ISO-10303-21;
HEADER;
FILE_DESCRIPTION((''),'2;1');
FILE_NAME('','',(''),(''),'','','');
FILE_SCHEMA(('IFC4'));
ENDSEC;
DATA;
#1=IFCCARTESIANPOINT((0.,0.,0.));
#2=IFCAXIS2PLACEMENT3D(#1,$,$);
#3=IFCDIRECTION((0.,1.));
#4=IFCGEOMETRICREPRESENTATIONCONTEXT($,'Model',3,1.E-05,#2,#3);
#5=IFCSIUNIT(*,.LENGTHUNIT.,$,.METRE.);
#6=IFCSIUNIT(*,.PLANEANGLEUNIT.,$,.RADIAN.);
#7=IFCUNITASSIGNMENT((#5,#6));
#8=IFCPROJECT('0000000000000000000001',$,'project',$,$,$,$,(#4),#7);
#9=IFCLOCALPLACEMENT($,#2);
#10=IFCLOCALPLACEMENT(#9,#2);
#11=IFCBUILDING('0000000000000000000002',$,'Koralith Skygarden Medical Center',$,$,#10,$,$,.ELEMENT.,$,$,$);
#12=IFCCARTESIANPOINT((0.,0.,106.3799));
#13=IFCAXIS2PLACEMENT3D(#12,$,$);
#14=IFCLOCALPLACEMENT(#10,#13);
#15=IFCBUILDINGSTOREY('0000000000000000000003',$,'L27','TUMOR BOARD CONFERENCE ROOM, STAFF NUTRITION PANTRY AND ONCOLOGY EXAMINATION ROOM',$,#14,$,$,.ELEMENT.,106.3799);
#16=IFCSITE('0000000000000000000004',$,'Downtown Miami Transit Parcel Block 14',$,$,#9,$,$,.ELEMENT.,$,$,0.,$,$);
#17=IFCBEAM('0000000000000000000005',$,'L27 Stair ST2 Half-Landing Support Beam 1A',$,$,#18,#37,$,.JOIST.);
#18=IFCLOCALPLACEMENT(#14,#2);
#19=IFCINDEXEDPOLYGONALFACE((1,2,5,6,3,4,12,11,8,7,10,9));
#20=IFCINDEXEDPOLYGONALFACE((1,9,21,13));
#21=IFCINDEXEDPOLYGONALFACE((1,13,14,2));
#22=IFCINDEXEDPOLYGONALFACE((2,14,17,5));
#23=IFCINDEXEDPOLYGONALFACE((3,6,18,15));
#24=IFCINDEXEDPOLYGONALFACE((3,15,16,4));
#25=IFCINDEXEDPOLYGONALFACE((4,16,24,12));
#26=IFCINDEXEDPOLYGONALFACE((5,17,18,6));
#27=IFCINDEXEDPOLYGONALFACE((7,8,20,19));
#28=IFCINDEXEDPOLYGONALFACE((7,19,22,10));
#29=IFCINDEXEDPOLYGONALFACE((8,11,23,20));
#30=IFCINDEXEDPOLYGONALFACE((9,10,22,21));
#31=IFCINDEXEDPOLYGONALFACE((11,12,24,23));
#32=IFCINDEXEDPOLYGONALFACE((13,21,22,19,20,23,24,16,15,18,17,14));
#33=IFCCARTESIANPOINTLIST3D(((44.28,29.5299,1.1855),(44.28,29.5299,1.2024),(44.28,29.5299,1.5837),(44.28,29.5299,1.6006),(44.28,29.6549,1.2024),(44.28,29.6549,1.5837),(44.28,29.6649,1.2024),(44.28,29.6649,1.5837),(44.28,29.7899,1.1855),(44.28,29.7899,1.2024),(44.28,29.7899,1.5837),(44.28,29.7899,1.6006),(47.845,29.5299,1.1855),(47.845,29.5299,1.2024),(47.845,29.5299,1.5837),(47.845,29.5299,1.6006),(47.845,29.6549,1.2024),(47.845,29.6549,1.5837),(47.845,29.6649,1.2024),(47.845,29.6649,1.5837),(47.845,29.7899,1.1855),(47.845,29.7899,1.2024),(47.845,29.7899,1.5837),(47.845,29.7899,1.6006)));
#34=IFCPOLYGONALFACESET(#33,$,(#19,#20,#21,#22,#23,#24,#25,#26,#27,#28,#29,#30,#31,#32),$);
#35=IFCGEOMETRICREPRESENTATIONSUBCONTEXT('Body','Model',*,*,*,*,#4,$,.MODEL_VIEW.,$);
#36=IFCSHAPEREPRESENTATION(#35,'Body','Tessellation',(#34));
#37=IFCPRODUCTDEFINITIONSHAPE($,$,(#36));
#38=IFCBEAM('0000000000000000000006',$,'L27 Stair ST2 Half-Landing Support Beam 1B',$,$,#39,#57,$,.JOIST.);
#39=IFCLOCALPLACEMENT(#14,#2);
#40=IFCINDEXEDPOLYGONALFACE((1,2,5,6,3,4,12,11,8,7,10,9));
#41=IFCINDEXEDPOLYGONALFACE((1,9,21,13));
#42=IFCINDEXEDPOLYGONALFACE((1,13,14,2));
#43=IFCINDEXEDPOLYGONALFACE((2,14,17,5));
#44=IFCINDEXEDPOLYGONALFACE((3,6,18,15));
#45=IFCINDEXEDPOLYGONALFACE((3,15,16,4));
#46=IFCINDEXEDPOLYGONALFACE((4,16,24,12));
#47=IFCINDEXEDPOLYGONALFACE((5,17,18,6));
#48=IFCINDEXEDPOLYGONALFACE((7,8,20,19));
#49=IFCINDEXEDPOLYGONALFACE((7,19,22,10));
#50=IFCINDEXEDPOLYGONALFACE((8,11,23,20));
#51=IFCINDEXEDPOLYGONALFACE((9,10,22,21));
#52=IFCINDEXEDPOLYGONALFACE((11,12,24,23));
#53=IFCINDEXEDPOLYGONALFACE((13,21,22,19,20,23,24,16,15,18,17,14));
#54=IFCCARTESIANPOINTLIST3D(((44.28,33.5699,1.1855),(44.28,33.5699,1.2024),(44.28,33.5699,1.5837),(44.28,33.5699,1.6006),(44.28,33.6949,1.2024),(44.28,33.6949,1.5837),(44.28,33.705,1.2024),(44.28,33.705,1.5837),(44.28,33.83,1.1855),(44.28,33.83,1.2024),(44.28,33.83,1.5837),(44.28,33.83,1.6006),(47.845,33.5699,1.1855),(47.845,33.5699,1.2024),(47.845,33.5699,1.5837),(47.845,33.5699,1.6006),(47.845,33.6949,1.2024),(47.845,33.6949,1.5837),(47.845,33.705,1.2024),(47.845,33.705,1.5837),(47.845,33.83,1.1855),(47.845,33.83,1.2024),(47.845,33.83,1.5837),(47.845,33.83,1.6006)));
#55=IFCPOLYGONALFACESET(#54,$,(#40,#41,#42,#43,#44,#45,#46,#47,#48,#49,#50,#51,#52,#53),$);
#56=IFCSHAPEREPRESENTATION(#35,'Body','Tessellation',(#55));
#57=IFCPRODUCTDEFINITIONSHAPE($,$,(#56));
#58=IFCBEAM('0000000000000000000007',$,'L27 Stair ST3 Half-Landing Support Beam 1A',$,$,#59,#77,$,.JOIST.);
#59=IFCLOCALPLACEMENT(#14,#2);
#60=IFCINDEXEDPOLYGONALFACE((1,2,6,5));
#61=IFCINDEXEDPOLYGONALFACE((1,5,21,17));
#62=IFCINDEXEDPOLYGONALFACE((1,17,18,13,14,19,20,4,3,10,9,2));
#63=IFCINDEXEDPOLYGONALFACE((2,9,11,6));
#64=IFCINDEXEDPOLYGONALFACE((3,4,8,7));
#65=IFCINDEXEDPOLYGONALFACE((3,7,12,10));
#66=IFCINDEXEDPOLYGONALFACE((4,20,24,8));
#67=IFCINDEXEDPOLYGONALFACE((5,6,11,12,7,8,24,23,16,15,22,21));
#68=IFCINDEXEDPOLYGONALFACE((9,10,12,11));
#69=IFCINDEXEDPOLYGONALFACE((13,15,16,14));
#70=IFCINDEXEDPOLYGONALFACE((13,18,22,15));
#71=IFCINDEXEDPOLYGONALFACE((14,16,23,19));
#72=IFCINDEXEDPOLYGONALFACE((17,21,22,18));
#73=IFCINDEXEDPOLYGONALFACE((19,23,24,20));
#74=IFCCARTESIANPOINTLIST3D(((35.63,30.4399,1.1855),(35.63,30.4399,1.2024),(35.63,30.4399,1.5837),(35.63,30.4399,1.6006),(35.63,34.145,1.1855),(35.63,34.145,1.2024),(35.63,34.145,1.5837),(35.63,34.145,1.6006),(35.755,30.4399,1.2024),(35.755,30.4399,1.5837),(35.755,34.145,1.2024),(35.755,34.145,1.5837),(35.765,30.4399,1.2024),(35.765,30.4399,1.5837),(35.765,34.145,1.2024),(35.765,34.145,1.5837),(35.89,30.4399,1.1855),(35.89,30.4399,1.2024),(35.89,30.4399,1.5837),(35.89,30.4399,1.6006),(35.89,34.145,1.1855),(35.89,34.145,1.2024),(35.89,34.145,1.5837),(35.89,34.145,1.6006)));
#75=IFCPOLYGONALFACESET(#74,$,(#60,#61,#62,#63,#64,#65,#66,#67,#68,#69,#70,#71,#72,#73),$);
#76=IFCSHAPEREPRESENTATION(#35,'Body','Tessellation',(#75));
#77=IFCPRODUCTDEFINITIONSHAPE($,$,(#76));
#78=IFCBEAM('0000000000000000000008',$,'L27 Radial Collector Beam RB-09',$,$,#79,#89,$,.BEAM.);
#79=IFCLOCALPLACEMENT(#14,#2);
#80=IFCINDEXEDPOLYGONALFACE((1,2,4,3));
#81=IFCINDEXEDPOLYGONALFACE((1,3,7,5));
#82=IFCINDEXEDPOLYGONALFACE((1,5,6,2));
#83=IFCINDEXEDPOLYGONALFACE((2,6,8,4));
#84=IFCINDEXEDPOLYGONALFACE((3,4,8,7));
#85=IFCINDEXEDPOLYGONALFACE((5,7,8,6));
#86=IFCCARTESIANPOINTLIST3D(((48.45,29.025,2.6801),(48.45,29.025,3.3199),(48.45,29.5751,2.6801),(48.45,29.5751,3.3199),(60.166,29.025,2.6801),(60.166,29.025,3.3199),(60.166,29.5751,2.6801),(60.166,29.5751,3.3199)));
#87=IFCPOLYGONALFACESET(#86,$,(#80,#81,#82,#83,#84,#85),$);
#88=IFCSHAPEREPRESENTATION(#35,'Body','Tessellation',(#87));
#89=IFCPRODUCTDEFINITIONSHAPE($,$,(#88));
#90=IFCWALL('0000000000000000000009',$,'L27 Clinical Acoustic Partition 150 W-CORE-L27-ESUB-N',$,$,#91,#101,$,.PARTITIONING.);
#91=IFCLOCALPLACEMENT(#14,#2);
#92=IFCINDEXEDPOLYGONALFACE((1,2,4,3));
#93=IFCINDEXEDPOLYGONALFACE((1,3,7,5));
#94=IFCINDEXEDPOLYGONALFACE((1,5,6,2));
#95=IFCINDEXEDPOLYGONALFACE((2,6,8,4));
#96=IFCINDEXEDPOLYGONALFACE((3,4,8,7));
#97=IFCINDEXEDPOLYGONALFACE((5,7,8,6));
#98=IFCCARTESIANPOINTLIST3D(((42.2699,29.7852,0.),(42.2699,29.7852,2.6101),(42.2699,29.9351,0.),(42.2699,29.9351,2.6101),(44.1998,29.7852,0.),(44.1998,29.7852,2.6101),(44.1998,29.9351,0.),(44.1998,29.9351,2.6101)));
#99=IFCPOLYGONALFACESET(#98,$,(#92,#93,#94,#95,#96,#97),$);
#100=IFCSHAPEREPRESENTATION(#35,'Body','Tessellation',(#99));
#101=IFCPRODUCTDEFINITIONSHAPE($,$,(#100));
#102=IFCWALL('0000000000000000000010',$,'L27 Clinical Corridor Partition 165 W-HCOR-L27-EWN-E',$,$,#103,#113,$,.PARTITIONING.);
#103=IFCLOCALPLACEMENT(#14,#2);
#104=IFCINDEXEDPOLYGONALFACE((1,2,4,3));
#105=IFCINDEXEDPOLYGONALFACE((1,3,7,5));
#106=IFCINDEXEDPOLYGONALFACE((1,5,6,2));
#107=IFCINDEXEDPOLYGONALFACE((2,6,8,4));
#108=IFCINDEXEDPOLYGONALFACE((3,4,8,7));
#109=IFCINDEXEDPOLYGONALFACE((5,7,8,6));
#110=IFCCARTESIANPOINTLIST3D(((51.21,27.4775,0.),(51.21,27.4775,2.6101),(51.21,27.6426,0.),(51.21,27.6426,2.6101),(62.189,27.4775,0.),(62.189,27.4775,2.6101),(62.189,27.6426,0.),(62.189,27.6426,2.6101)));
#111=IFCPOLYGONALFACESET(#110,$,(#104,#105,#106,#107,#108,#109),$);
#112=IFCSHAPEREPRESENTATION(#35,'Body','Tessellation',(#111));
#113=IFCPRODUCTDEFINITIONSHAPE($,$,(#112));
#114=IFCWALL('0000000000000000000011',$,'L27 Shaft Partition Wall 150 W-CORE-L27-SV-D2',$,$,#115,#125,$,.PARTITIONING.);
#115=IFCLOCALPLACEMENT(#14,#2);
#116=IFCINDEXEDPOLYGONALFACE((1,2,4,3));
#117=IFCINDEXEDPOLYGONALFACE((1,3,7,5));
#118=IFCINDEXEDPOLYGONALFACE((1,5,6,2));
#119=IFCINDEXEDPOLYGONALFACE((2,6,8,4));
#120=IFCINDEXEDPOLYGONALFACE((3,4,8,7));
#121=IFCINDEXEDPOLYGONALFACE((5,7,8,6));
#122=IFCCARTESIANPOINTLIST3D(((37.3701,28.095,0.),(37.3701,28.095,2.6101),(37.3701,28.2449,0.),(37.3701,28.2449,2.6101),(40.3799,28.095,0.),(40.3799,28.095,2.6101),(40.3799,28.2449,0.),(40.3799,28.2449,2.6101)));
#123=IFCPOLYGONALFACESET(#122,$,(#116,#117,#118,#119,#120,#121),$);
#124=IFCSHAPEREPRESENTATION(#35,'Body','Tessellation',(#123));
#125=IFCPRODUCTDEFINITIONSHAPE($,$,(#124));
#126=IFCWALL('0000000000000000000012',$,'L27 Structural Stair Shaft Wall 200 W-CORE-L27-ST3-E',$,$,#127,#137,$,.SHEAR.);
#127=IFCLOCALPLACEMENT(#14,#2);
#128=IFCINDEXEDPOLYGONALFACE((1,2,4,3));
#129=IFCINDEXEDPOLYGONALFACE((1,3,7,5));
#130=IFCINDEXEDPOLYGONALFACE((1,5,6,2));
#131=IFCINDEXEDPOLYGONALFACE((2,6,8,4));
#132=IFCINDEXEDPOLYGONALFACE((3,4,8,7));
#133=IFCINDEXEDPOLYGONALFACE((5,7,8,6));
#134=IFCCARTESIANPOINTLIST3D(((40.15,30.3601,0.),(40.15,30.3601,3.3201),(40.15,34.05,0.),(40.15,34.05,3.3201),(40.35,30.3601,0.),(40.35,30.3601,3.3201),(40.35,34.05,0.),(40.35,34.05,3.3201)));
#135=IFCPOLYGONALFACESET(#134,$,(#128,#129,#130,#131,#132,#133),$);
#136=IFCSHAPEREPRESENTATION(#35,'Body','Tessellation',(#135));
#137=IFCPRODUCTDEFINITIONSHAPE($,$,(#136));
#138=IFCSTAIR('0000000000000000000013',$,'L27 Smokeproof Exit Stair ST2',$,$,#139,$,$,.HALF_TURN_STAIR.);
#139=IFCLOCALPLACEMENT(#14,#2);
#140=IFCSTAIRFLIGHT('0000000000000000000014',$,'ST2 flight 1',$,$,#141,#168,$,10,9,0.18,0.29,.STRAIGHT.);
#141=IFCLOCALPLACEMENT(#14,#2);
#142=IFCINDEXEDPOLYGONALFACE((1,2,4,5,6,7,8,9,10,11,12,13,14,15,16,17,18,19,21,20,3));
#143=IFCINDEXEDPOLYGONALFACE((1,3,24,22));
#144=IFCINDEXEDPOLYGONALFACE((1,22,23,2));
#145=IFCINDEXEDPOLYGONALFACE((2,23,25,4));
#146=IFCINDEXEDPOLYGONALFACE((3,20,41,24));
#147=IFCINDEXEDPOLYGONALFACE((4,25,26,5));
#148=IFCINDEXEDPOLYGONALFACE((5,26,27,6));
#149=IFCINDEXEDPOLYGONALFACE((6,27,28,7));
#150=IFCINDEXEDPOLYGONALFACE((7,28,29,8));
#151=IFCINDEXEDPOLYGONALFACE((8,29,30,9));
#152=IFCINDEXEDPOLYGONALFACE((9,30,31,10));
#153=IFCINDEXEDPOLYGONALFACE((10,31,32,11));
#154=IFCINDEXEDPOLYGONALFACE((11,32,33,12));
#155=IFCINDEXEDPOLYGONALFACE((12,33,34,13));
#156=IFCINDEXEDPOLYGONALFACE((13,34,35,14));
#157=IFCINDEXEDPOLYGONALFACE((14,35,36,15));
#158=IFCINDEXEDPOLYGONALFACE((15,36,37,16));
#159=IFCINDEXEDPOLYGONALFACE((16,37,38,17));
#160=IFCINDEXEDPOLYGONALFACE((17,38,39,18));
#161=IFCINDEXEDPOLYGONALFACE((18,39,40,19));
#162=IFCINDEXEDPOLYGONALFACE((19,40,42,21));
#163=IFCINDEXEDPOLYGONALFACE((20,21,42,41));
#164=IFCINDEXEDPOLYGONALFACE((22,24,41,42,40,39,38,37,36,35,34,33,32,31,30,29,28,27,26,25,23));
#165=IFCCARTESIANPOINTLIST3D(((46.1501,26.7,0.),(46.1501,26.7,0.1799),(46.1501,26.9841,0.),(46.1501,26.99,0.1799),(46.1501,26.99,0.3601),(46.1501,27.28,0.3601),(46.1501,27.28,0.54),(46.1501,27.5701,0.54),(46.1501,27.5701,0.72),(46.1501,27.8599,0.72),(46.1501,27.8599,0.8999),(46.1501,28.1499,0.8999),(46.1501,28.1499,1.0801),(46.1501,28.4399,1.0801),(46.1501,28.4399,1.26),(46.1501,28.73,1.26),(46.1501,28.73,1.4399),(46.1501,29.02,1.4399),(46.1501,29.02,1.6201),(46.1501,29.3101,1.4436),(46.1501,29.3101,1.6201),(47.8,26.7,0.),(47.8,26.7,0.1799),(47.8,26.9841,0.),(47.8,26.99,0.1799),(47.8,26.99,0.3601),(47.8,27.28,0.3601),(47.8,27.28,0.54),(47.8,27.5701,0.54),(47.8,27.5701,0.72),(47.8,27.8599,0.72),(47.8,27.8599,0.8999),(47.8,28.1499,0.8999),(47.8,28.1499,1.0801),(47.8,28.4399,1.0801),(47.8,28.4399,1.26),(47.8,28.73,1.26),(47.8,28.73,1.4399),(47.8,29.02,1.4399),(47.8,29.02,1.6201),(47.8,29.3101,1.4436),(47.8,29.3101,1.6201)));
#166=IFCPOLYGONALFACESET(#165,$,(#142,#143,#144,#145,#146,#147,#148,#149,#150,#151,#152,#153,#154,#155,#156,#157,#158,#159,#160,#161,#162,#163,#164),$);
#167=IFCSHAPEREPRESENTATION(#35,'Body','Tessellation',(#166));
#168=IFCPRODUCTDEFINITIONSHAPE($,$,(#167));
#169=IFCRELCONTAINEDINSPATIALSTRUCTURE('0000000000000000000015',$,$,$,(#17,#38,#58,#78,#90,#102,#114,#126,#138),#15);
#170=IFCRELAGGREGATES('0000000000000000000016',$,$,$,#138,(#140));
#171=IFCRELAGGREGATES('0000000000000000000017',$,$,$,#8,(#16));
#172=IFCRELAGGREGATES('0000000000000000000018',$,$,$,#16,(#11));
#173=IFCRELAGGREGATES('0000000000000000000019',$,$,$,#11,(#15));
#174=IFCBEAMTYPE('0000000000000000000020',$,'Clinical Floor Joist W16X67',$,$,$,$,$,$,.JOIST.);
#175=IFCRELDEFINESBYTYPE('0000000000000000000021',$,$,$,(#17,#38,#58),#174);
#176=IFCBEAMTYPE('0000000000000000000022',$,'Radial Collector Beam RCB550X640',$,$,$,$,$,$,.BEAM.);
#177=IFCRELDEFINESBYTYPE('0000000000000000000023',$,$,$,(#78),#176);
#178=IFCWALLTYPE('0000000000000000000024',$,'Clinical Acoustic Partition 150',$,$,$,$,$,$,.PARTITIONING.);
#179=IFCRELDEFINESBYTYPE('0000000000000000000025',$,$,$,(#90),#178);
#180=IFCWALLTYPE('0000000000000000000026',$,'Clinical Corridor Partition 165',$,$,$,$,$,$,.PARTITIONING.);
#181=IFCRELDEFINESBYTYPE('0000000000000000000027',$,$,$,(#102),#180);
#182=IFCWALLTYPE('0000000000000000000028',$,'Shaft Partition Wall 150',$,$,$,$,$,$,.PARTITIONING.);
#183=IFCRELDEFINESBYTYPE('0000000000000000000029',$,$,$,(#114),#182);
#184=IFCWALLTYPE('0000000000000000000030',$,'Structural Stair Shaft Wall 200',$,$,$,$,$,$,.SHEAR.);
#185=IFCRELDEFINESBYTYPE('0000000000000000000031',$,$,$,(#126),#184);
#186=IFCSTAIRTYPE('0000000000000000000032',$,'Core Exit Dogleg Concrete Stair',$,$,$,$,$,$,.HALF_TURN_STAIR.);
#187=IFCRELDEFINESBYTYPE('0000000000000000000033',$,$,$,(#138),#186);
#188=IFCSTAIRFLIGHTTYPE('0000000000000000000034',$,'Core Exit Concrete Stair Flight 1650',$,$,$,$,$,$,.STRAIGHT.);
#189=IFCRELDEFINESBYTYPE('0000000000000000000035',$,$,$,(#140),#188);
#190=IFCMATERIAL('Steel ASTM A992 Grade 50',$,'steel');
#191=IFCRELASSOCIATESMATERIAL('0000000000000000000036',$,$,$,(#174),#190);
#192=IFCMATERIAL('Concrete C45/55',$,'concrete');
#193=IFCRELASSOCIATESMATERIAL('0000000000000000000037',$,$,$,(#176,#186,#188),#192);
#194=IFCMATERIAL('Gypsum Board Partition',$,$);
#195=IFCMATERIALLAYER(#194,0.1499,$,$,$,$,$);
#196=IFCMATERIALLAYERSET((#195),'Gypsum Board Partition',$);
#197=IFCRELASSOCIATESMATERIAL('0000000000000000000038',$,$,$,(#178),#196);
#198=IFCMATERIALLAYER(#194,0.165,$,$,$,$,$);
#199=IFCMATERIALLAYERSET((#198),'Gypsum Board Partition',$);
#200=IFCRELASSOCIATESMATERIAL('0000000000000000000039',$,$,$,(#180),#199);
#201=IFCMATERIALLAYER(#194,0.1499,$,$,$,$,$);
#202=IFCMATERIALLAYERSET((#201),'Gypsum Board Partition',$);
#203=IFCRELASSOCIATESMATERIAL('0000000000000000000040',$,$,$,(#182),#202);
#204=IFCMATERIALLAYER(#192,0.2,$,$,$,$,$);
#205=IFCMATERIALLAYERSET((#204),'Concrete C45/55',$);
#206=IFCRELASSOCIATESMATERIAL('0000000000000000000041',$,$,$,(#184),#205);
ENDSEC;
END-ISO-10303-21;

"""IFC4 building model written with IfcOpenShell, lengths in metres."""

from ifc_helpers import new_model, si_unit, direction, frame, frame_2d, origin, origin_2d, place, context, subcontext, project, spatial, polyline, rectangle, i_section, outline, extrude, material, layer, layer_set, material_profile, profile_set, type_object, element, aggregate, save


model = new_model("IFC4")

# Units and contexts
model_context = context("Model", 3, precision=1e-05, world=origin(), true_north=direction((0.0, 1.0)))
body_context = subcontext(model_context, "Body", "Model", "MODEL_VIEW")
ifc_project = project(units=[si_unit("LENGTHUNIT", "METRE"), si_unit("PLANEANGLEUNIT", "RADIAN")], contexts=[model_context])

# Site, building, storey
site_placement = place(None, origin())
site = spatial("IfcSite", under=ifc_project, at=site_placement, Name="Downtown Miami Transit Parcel Block 14", CompositionType="ELEMENT", RefElevation=0.0)
building_placement = place(site_placement, origin())
building = spatial("IfcBuilding", under=site, at=building_placement, Name="Koralith Skygarden Medical Center", CompositionType="ELEMENT")
storey_placement = place(building_placement, frame((0.0, 0.0, 106.3799)))
storey = spatial("IfcBuildingStorey", under=building, at=storey_placement, Name="L27", Description="TUMOR BOARD CONFERENCE ROOM, STAFF NUTRITION PANTRY AND ONCOLOGY EXAMINATION ROOM", CompositionType="ELEMENT", Elevation=106.3799)

# Beams
ifc_material_1 = material(Name="Steel ASTM A992 Grade 50", Category="steel")
ifc_material_profile_1 = material_profile(ifc_material_1, i_section(OverallWidth=0.26, OverallDepth=0.415, WebThickness=0.01, FlangeThickness=0.0168, at=origin_2d()), Name="W16X67")
ifc_profile_set_1 = profile_set([ifc_material_profile_1], Name="Steel ASTM A992 Grade 50")
beam_type_1 = type_object("IfcBeamType", Name="Clinical Floor Joist W16X67", PredefinedType="JOIST", material=ifc_profile_set_1)
for number, where, z_axis, x_axis, name in (
    (1, (44.28, 29.6599, 1.3931), (1.0, 0.0, 0.0), (0.0, 1.0, 0.0), "L27 Stair ST2 Half-Landing Support Beam 1A"),
    (2, (44.28, 33.7, 1.3931), (1.0, 0.0, 0.0), (0.0, 1.0, 0.0), "L27 Stair ST2 Half-Landing Support Beam 1B"),
):
    element("IfcBeam", number, at=place(storey_placement, frame(where, z_axis=z_axis, x_axis=x_axis)), inside=storey, type_object=beam_type_1, Name=name, PredefinedType="JOIST", context=body_context, shape_type="SweptSolid", body=[
        extrude(i_section(OverallWidth=0.26, OverallDepth=0.415, WebThickness=0.01, FlangeThickness=0.0168, at=origin_2d()), origin(), (0.0, 0.0, 1.0), 3.5649),
    ])
beam_1_placement = place(storey_placement, frame((35.76, 30.4399, 1.3931), z_axis=(0.0, 1.0, 0.0), x_axis=(-1.0, 0.0, 0.0)))
element("IfcBeam", 3, at=beam_1_placement, inside=storey, type_object=beam_type_1, Name="L27 Stair ST3 Half-Landing Support Beam 1A", PredefinedType="JOIST", context=body_context, shape_type="SweptSolid", body=[
    extrude(i_section(OverallWidth=0.26, OverallDepth=0.415, WebThickness=0.01, FlangeThickness=0.0168, at=origin_2d()), origin(), (0.0, 0.0, 1.0), 3.7051),
])
ifc_material_2 = material(Name="Concrete C45/55", Category="concrete")
ifc_material_profile_2 = material_profile(ifc_material_2, rectangle(XDim=0.55, YDim=0.6399, at=origin_2d()), Name="RCB550X640")
ifc_profile_set_2 = profile_set([ifc_material_profile_2], Name="Concrete C45/55")
beam_type_2 = type_object("IfcBeamType", Name="Radial Collector Beam RCB550X640", PredefinedType="BEAM", material=ifc_profile_set_2)
beam_2_placement = place(storey_placement, frame((48.45, 29.3, 3.0), z_axis=(1.0, 0.0, 0.0), x_axis=(0.0, 1.0, 0.0)))
element("IfcBeam", 4, at=beam_2_placement, inside=storey, type_object=beam_type_2, Name="L27 Radial Collector Beam RB-09", PredefinedType="BEAM", context=body_context, shape_type="SweptSolid", body=[
    extrude(rectangle(XDim=0.55, YDim=0.6399, at=origin_2d()), origin(), (0.0, 0.0, 1.0), 11.7161),
])

# Walls
ifc_material_3 = material(Name="Gypsum Board Partition")
ifc_layer_1 = layer(ifc_material_3, 0.1499)
ifc_layer_set_1 = layer_set([ifc_layer_1], Name="Gypsum Board Partition")
wall_type_1 = type_object("IfcWallType", Name="Clinical Acoustic Partition 150", PredefinedType="PARTITIONING", material=ifc_layer_set_1)
wall_1_placement = place(storey_placement, frame((42.27, 29.8601, 0.0), z_axis=(0.0, 0.0, 1.0), x_axis=(1.0, 0.0, 0.0)))
element("IfcWall", 5, at=wall_1_placement, inside=storey, type_object=wall_type_1, Name="L27 Clinical Acoustic Partition 150 W-CORE-L27-ESUB-N", PredefinedType="PARTITIONING", context=body_context, shape_type="SweptSolid", body=[
    extrude(rectangle(XDim=1.9299, YDim=0.1499, at=frame_2d((0.9648, 0.0))), origin(), (0.0, 0.0, 1.0), 2.6101),
])
ifc_layer_2 = layer(ifc_material_3, 0.165)
ifc_layer_set_2 = layer_set([ifc_layer_2], Name="Gypsum Board Partition")
wall_type_2 = type_object("IfcWallType", Name="Clinical Corridor Partition 165", PredefinedType="PARTITIONING", material=ifc_layer_set_2)
wall_2_placement = place(storey_placement, frame((51.21, 27.5601, 0.0), z_axis=(0.0, 0.0, 1.0), x_axis=(1.0, 0.0, 0.0)))
element("IfcWall", 6, at=wall_2_placement, inside=storey, type_object=wall_type_2, Name="L27 Clinical Corridor Partition 165 W-HCOR-L27-EWN-E", PredefinedType="PARTITIONING", context=body_context, shape_type="SweptSolid", body=[
    extrude(rectangle(XDim=10.979, YDim=0.165, at=frame_2d((5.4895, 0.0))), origin(), (0.0, 0.0, 1.0), 2.6101),
])
ifc_layer_3 = layer(ifc_material_3, 0.1499)
ifc_layer_set_3 = layer_set([ifc_layer_3], Name="Gypsum Board Partition")
wall_type_3 = type_object("IfcWallType", Name="Shaft Partition Wall 150", PredefinedType="PARTITIONING", material=ifc_layer_set_3)
wall_3_placement = place(storey_placement, frame((37.3701, 28.1699, 0.0), z_axis=(0.0, 0.0, 1.0), x_axis=(1.0, 0.0, 0.0)))
element("IfcWall", 7, at=wall_3_placement, inside=storey, type_object=wall_type_3, Name="L27 Shaft Partition Wall 150 W-CORE-L27-SV-D2", PredefinedType="PARTITIONING", context=body_context, shape_type="SweptSolid", body=[
    extrude(rectangle(XDim=3.0098, YDim=0.1499, at=frame_2d((1.5049, 0.0))), origin(), (0.0, 0.0, 1.0), 2.6101),
])
ifc_layer_4 = layer(ifc_material_2, 0.2)
ifc_layer_set_4 = layer_set([ifc_layer_4], Name="Concrete C45/55")
wall_type_4 = type_object("IfcWallType", Name="Structural Stair Shaft Wall 200", PredefinedType="SHEAR", material=ifc_layer_set_4)
wall_4_placement = place(storey_placement, frame((40.25, 30.3601, 0.0), z_axis=(0.0, 0.0, 1.0), x_axis=(0.0, 1.0, 0.0)))
element("IfcWall", 8, at=wall_4_placement, inside=storey, type_object=wall_type_4, Name="L27 Structural Stair Shaft Wall 200 W-CORE-L27-ST3-E", PredefinedType="SHEAR", context=body_context, shape_type="SweptSolid", body=[
    extrude(rectangle(XDim=3.6899, YDim=0.2, at=frame_2d((1.845, 0.0))), origin(), (0.0, 0.0, 1.0), 3.3201),
])

# Stair, stair flight
stair_type = type_object("IfcStairType", Name="Core Exit Dogleg Concrete Stair", PredefinedType="HALF_TURN_STAIR", material=ifc_material_2)
stair_1_placement = place(storey_placement, origin())
stair_1 = element("IfcStair", 9, at=stair_1_placement, inside=storey, type_object=stair_type, Name="L27 Smokeproof Exit Stair ST2", PredefinedType="HALF_TURN_STAIR")
stair_flight_type = type_object("IfcStairFlightType", Name="Core Exit Concrete Stair Flight 1650", PredefinedType="STRAIGHT", material=ifc_material_2)
stair_flight_1_placement = place(storey_placement, frame((46.9751, 26.7, 0.0), z_axis=(0.0, 0.0, 1.0), x_axis=(0.0, 1.0, 0.0)))
stair_flight_1 = element("IfcStairFlight", 10, at=stair_flight_1_placement, type_object=stair_flight_type, Name="ST2 flight 1", NumberOfRisers=10, NumberOfTreads=9, PredefinedType="STRAIGHT", RiserHeight=0.18, TreadLength=0.29, context=body_context, shape_type="SweptSolid", body=[
    extrude(outline(polyline([(0.0, 0.0), (0.0, 0.1799), (0.29, 0.1799), (0.29, 0.3601), (0.5801, 0.3601), (0.5801, 0.54), (0.8701, 0.54), (0.8701, 0.72), (1.1599, 0.72), (1.1599, 0.8999), (1.45, 0.8999), (1.45, 1.0801), (1.74, 1.0801), (1.74, 1.26), (2.03, 1.26), (2.03, 1.4399), (2.3201, 1.4399), (2.3201, 1.6201), (2.6101, 1.6201), (2.6101, 1.8), (2.6101, 1.4436), (0.2842, 0.0), (0.0, 0.0)])), frame((0.0, 0.825, 0.0), z_axis=(0.0, -1.0, 0.0), x_axis=(1.0, 0.0, 0.0)), (0.0, 0.0, 1.0), 1.6499),
])
aggregate(stair_1, [stair_flight_1])

save(model, "model.ifc")
